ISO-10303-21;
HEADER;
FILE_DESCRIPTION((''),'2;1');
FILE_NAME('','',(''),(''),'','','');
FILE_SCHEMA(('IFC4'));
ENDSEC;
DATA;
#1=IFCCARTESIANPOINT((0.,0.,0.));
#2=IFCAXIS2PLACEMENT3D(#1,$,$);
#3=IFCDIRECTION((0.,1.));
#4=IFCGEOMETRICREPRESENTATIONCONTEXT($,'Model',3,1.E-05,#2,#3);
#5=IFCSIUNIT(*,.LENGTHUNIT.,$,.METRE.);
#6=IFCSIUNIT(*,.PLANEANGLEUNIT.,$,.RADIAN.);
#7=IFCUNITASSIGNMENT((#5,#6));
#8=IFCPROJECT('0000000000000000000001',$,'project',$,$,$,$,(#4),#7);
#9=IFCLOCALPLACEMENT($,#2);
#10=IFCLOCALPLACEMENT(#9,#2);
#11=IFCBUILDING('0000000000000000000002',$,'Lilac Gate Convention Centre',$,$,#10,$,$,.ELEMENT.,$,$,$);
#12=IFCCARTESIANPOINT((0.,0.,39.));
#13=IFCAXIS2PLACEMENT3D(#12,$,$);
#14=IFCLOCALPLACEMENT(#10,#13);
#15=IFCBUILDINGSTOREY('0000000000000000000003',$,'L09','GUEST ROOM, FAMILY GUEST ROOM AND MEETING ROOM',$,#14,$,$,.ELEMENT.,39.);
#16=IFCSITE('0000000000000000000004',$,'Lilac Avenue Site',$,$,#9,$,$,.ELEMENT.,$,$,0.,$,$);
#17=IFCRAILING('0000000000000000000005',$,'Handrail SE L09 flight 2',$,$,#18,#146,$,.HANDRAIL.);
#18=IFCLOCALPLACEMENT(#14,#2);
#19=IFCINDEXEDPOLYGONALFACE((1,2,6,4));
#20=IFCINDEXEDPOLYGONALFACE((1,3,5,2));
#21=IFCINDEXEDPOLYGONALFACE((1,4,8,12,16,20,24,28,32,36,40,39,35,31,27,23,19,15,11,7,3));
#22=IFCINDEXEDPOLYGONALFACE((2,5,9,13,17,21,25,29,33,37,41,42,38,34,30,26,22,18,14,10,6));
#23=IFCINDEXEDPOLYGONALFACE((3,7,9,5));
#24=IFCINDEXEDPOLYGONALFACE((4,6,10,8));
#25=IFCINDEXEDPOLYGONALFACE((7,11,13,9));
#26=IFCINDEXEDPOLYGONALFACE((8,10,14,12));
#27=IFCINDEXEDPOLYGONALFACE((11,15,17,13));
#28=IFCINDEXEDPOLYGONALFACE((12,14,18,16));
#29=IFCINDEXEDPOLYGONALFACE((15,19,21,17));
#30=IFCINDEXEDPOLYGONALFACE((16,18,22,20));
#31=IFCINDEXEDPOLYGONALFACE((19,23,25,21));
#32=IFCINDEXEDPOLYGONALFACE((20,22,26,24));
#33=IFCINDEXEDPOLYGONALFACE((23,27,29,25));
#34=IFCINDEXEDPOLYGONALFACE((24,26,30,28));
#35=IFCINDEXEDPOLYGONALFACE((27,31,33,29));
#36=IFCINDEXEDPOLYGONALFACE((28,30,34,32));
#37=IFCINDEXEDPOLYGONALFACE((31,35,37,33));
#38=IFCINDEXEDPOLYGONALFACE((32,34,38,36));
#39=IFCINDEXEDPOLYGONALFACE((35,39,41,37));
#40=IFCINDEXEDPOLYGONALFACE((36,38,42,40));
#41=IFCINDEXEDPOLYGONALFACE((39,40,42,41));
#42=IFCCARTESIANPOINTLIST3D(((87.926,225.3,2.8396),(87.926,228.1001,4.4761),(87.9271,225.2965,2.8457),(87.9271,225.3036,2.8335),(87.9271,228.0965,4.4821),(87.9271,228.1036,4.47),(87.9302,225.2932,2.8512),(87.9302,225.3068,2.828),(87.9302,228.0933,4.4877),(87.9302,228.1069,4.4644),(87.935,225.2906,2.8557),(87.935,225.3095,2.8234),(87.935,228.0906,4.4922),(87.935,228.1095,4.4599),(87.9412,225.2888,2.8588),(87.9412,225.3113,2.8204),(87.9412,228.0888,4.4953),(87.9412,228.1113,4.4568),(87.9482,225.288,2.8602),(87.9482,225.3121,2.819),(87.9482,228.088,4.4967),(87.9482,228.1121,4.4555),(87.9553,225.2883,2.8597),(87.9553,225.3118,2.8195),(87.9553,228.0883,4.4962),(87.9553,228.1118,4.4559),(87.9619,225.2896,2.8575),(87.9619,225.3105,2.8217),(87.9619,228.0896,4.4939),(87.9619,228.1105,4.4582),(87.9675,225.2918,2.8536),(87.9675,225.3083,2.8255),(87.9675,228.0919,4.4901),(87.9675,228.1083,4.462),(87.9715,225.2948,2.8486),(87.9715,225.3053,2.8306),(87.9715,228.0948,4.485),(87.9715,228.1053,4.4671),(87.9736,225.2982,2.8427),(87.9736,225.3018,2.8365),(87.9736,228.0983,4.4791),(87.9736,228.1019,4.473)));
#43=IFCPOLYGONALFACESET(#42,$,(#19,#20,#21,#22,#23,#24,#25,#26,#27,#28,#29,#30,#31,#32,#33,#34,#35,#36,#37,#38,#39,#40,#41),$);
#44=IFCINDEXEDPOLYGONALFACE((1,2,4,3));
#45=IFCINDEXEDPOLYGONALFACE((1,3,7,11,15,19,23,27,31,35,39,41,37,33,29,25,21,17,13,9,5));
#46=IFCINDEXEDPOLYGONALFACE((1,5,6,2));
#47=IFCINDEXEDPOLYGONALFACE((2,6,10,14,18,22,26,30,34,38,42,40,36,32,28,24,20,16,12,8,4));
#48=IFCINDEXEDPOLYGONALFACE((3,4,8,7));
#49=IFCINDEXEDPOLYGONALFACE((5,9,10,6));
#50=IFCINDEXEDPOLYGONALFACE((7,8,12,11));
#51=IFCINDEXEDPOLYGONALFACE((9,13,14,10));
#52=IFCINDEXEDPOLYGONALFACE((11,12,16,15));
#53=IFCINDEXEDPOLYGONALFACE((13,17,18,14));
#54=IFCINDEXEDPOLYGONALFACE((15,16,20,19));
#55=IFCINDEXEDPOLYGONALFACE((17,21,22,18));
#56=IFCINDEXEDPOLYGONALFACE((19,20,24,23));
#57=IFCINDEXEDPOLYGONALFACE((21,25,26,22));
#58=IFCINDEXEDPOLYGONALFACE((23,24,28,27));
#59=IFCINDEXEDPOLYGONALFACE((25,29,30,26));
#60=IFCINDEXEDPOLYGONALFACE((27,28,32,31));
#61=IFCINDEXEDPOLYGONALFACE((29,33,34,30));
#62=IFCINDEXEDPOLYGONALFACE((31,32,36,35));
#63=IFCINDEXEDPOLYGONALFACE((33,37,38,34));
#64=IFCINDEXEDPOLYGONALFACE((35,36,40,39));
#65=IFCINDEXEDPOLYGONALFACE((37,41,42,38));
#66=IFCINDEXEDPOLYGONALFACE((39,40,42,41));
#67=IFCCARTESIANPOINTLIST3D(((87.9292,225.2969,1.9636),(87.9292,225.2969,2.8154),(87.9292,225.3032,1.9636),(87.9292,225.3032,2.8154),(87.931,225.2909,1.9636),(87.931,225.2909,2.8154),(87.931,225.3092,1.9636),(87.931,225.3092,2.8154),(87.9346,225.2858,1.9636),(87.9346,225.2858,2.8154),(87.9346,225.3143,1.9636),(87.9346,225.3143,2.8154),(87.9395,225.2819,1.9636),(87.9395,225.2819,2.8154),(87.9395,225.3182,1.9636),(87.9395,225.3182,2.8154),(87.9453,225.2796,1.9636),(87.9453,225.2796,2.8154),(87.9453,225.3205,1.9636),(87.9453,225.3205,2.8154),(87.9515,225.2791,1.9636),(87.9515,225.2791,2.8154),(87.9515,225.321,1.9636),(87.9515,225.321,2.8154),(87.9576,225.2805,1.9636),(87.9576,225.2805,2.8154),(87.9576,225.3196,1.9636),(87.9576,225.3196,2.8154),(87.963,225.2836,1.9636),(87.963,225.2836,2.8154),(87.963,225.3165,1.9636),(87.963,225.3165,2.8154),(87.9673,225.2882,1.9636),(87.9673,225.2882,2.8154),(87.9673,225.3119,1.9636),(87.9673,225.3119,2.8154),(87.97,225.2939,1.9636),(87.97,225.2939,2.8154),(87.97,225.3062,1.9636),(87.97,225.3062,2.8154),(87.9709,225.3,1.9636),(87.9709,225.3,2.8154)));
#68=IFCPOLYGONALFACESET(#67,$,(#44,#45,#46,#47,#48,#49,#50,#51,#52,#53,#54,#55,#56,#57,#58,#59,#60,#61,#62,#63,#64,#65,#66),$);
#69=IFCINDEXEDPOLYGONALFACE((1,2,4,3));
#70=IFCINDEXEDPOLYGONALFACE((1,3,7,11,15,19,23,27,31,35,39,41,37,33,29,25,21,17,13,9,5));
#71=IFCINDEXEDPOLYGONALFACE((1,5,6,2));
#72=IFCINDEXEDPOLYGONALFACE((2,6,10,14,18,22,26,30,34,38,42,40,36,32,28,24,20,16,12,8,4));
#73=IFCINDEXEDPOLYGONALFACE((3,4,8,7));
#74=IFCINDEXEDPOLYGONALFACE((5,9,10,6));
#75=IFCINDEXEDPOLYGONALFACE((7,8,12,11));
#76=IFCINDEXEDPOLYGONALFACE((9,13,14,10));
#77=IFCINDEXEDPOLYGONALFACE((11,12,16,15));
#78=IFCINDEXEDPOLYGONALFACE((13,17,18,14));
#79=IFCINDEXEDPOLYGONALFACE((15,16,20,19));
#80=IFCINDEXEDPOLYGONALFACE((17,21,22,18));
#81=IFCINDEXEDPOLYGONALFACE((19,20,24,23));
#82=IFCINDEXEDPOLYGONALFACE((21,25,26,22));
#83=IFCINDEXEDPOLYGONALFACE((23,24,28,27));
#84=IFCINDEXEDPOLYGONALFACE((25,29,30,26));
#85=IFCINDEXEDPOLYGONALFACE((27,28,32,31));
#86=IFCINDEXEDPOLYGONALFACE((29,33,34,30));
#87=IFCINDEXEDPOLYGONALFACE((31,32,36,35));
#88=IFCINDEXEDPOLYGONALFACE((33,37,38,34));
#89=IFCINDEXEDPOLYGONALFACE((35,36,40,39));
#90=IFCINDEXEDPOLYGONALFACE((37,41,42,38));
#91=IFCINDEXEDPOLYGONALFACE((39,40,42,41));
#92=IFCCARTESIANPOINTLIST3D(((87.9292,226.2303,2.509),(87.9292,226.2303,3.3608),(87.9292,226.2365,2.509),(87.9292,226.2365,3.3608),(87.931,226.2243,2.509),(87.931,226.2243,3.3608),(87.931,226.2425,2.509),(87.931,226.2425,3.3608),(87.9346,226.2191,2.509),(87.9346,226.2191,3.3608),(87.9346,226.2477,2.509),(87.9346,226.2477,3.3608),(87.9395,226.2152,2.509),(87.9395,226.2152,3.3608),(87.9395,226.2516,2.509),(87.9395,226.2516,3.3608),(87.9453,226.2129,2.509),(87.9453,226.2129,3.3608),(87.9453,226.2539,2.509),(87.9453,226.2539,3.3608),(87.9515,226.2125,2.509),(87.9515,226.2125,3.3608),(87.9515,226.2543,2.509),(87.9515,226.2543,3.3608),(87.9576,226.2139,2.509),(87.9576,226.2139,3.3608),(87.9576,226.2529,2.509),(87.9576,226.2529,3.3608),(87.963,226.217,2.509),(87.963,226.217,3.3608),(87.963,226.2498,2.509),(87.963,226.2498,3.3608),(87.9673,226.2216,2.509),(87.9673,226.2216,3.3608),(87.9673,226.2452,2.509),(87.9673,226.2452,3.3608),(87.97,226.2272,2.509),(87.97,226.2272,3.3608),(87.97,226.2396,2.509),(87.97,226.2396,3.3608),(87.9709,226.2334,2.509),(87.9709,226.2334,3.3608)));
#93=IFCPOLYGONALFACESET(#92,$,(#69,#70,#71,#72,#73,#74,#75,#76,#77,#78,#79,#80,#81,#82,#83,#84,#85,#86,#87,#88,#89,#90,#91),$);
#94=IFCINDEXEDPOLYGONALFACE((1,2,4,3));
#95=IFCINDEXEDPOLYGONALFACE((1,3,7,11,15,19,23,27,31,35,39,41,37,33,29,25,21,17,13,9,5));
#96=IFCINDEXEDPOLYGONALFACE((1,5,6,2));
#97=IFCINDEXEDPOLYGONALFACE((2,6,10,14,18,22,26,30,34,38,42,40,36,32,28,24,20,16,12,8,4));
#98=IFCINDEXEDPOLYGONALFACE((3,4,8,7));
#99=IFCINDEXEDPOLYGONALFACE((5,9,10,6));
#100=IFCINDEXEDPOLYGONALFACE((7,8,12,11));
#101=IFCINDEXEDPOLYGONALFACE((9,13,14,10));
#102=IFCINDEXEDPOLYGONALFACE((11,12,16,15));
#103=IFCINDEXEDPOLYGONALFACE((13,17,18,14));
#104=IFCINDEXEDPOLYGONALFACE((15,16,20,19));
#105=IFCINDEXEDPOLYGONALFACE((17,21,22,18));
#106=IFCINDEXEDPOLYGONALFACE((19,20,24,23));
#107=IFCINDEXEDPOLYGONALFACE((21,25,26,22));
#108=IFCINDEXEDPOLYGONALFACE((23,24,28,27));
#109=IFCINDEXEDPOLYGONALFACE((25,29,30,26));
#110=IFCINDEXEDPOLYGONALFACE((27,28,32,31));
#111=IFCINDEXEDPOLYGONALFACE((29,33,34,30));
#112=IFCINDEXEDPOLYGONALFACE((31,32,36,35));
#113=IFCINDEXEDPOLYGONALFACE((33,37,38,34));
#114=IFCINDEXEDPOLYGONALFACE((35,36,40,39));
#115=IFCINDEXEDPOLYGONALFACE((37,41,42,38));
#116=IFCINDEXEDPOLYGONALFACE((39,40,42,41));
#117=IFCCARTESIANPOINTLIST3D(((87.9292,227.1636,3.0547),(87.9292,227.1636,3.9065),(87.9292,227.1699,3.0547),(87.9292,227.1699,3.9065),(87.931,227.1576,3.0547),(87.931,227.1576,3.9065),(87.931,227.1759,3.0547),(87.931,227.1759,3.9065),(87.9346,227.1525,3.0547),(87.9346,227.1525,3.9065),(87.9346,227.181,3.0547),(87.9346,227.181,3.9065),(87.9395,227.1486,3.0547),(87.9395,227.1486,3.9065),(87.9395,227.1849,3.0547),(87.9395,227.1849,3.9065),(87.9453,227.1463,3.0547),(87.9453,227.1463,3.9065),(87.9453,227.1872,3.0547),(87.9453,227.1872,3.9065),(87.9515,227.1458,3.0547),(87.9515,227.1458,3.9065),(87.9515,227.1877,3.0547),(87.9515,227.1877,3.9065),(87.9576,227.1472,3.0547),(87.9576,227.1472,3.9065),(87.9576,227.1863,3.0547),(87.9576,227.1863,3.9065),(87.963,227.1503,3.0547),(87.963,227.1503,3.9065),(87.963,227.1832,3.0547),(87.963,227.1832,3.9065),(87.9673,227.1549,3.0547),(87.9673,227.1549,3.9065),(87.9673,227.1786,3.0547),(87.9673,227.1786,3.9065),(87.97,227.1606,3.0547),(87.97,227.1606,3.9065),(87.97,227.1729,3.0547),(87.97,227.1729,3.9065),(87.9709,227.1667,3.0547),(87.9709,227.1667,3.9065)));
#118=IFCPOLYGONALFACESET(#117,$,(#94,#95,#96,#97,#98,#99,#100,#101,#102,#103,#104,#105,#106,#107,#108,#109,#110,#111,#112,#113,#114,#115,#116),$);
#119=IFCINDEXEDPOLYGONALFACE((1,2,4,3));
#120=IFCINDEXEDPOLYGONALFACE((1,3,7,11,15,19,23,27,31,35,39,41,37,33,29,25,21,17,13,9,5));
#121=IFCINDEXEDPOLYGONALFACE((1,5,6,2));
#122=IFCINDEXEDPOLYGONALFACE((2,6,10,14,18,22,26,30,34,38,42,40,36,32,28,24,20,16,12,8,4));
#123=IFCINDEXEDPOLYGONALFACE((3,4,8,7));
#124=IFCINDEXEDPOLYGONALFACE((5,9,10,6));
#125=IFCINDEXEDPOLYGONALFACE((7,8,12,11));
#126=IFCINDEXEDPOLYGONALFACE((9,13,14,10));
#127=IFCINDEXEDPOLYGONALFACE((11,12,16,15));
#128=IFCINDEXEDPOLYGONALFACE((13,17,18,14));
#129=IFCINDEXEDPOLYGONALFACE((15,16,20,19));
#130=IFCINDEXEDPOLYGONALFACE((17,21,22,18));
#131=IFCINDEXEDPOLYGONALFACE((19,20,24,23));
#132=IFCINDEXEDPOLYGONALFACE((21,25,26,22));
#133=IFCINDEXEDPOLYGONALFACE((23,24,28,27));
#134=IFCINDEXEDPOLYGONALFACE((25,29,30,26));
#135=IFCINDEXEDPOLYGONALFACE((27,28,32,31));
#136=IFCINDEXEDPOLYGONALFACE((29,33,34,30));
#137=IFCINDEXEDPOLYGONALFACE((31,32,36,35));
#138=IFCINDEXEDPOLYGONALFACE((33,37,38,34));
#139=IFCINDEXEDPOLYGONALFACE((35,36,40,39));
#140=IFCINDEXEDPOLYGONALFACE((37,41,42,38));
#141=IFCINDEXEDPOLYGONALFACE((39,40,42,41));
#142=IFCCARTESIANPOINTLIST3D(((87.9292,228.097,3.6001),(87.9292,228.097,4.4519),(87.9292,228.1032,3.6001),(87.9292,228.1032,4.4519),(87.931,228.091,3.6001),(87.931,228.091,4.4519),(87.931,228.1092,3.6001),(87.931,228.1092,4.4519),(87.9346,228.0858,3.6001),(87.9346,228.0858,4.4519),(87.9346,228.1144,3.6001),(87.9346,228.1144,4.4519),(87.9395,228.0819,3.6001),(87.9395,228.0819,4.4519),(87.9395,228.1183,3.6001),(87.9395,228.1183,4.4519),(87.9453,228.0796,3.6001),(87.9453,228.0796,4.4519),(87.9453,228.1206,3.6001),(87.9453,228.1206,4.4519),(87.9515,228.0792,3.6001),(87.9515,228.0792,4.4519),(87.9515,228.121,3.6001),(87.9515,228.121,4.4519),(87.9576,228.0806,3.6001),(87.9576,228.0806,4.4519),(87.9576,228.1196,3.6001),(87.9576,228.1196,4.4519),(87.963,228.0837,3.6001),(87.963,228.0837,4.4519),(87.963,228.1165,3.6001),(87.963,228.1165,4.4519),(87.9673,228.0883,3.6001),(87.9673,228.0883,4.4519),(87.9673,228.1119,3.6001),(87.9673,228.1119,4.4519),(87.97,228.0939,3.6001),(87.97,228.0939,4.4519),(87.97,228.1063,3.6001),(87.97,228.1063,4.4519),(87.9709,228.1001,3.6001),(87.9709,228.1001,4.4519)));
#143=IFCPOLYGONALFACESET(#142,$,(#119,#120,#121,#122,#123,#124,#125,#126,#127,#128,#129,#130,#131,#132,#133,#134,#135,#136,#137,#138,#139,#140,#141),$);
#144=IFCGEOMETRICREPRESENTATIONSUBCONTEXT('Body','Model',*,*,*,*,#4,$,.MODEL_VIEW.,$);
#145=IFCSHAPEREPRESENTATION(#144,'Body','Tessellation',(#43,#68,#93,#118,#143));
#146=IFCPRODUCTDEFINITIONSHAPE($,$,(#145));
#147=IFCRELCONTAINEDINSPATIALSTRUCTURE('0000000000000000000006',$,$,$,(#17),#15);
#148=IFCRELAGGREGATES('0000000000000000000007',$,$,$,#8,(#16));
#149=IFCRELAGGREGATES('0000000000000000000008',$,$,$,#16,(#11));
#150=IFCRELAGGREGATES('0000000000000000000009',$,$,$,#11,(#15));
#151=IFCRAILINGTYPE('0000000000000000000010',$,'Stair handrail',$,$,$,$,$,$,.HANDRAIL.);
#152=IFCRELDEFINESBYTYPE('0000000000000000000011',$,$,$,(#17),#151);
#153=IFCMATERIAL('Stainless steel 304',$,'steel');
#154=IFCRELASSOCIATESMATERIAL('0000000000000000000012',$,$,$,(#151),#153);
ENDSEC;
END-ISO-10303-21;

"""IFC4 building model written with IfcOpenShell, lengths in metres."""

from ifc_helpers import new_model, si_unit, direction, frame, origin, origin_2d, place, context, subcontext, project, spatial, circle, extrude, material, type_object, element, save


model = new_model("IFC4")

# Units and contexts
model_context = context("Model", 3, precision=1e-05, world=origin(), true_north=direction((0.0, 1.0)))
body_context = subcontext(model_context, "Body", "Model", "MODEL_VIEW")
ifc_project = project(units=[si_unit("LENGTHUNIT", "METRE"), si_unit("PLANEANGLEUNIT", "RADIAN")], contexts=[model_context])

# Site, building, storey
site_placement = place(None, origin())
site = spatial("IfcSite", under=ifc_project, at=site_placement, Name="Lilac Avenue Site", CompositionType="ELEMENT", RefElevation=0.0)
building_placement = place(site_placement, origin())
building = spatial("IfcBuilding", under=site, at=building_placement, Name="Lilac Gate Convention Centre", CompositionType="ELEMENT")
storey_placement = place(building_placement, frame((0.0, 0.0, 39.0)))
storey = spatial("IfcBuildingStorey", under=building, at=storey_placement, Name="L09", Description="GUEST ROOM, FAMILY GUEST ROOM AND MEETING ROOM", CompositionType="ELEMENT", Elevation=39.0)

# Railing
ifc_material_1 = material(Name="Stainless steel 304", Category="steel")
railing_type = type_object("IfcRailingType", Name="Stair handrail", PredefinedType="HANDRAIL", material=ifc_material_1)
for number, where, name in (
    (1, (87.95, 225.3, 1.9636), "Handrail SE L09 flight 2"),
):
    element("IfcRailing", number, at=place(storey_placement, frame(where)), inside=storey, type_object=railing_type, Name=name, PredefinedType="HANDRAIL", context=body_context, shape_type="SweptSolid", body=[
        extrude(circle(Radius=0.0239, at=origin_2d()), frame((0.0, 0.0, 0.876), z_axis=(0.0, 0.863361, 0.504587), x_axis=(-1.0, 0.0, 0.0)), (0.0, 0.0, 1.0), 3.2432),
        extrude(circle(Radius=0.021, at=origin_2d()), origin(), (0.0, 0.0, 1.0), 0.8518),
        extrude(circle(Radius=0.021, at=origin_2d()), frame((0.0, 0.9333, 0.5454)), (0.0, 0.0, 1.0), 0.8518),
        extrude(circle(Radius=0.021, at=origin_2d()), frame((0.0, 1.8667, 1.0911)), (0.0, 0.0, 1.0), 0.8518),
        extrude(circle(Radius=0.021, at=origin_2d()), frame((0.0, 2.8, 1.6365)), (0.0, 0.0, 1.0), 0.8518),
    ])

save(model, "model.ifc")
